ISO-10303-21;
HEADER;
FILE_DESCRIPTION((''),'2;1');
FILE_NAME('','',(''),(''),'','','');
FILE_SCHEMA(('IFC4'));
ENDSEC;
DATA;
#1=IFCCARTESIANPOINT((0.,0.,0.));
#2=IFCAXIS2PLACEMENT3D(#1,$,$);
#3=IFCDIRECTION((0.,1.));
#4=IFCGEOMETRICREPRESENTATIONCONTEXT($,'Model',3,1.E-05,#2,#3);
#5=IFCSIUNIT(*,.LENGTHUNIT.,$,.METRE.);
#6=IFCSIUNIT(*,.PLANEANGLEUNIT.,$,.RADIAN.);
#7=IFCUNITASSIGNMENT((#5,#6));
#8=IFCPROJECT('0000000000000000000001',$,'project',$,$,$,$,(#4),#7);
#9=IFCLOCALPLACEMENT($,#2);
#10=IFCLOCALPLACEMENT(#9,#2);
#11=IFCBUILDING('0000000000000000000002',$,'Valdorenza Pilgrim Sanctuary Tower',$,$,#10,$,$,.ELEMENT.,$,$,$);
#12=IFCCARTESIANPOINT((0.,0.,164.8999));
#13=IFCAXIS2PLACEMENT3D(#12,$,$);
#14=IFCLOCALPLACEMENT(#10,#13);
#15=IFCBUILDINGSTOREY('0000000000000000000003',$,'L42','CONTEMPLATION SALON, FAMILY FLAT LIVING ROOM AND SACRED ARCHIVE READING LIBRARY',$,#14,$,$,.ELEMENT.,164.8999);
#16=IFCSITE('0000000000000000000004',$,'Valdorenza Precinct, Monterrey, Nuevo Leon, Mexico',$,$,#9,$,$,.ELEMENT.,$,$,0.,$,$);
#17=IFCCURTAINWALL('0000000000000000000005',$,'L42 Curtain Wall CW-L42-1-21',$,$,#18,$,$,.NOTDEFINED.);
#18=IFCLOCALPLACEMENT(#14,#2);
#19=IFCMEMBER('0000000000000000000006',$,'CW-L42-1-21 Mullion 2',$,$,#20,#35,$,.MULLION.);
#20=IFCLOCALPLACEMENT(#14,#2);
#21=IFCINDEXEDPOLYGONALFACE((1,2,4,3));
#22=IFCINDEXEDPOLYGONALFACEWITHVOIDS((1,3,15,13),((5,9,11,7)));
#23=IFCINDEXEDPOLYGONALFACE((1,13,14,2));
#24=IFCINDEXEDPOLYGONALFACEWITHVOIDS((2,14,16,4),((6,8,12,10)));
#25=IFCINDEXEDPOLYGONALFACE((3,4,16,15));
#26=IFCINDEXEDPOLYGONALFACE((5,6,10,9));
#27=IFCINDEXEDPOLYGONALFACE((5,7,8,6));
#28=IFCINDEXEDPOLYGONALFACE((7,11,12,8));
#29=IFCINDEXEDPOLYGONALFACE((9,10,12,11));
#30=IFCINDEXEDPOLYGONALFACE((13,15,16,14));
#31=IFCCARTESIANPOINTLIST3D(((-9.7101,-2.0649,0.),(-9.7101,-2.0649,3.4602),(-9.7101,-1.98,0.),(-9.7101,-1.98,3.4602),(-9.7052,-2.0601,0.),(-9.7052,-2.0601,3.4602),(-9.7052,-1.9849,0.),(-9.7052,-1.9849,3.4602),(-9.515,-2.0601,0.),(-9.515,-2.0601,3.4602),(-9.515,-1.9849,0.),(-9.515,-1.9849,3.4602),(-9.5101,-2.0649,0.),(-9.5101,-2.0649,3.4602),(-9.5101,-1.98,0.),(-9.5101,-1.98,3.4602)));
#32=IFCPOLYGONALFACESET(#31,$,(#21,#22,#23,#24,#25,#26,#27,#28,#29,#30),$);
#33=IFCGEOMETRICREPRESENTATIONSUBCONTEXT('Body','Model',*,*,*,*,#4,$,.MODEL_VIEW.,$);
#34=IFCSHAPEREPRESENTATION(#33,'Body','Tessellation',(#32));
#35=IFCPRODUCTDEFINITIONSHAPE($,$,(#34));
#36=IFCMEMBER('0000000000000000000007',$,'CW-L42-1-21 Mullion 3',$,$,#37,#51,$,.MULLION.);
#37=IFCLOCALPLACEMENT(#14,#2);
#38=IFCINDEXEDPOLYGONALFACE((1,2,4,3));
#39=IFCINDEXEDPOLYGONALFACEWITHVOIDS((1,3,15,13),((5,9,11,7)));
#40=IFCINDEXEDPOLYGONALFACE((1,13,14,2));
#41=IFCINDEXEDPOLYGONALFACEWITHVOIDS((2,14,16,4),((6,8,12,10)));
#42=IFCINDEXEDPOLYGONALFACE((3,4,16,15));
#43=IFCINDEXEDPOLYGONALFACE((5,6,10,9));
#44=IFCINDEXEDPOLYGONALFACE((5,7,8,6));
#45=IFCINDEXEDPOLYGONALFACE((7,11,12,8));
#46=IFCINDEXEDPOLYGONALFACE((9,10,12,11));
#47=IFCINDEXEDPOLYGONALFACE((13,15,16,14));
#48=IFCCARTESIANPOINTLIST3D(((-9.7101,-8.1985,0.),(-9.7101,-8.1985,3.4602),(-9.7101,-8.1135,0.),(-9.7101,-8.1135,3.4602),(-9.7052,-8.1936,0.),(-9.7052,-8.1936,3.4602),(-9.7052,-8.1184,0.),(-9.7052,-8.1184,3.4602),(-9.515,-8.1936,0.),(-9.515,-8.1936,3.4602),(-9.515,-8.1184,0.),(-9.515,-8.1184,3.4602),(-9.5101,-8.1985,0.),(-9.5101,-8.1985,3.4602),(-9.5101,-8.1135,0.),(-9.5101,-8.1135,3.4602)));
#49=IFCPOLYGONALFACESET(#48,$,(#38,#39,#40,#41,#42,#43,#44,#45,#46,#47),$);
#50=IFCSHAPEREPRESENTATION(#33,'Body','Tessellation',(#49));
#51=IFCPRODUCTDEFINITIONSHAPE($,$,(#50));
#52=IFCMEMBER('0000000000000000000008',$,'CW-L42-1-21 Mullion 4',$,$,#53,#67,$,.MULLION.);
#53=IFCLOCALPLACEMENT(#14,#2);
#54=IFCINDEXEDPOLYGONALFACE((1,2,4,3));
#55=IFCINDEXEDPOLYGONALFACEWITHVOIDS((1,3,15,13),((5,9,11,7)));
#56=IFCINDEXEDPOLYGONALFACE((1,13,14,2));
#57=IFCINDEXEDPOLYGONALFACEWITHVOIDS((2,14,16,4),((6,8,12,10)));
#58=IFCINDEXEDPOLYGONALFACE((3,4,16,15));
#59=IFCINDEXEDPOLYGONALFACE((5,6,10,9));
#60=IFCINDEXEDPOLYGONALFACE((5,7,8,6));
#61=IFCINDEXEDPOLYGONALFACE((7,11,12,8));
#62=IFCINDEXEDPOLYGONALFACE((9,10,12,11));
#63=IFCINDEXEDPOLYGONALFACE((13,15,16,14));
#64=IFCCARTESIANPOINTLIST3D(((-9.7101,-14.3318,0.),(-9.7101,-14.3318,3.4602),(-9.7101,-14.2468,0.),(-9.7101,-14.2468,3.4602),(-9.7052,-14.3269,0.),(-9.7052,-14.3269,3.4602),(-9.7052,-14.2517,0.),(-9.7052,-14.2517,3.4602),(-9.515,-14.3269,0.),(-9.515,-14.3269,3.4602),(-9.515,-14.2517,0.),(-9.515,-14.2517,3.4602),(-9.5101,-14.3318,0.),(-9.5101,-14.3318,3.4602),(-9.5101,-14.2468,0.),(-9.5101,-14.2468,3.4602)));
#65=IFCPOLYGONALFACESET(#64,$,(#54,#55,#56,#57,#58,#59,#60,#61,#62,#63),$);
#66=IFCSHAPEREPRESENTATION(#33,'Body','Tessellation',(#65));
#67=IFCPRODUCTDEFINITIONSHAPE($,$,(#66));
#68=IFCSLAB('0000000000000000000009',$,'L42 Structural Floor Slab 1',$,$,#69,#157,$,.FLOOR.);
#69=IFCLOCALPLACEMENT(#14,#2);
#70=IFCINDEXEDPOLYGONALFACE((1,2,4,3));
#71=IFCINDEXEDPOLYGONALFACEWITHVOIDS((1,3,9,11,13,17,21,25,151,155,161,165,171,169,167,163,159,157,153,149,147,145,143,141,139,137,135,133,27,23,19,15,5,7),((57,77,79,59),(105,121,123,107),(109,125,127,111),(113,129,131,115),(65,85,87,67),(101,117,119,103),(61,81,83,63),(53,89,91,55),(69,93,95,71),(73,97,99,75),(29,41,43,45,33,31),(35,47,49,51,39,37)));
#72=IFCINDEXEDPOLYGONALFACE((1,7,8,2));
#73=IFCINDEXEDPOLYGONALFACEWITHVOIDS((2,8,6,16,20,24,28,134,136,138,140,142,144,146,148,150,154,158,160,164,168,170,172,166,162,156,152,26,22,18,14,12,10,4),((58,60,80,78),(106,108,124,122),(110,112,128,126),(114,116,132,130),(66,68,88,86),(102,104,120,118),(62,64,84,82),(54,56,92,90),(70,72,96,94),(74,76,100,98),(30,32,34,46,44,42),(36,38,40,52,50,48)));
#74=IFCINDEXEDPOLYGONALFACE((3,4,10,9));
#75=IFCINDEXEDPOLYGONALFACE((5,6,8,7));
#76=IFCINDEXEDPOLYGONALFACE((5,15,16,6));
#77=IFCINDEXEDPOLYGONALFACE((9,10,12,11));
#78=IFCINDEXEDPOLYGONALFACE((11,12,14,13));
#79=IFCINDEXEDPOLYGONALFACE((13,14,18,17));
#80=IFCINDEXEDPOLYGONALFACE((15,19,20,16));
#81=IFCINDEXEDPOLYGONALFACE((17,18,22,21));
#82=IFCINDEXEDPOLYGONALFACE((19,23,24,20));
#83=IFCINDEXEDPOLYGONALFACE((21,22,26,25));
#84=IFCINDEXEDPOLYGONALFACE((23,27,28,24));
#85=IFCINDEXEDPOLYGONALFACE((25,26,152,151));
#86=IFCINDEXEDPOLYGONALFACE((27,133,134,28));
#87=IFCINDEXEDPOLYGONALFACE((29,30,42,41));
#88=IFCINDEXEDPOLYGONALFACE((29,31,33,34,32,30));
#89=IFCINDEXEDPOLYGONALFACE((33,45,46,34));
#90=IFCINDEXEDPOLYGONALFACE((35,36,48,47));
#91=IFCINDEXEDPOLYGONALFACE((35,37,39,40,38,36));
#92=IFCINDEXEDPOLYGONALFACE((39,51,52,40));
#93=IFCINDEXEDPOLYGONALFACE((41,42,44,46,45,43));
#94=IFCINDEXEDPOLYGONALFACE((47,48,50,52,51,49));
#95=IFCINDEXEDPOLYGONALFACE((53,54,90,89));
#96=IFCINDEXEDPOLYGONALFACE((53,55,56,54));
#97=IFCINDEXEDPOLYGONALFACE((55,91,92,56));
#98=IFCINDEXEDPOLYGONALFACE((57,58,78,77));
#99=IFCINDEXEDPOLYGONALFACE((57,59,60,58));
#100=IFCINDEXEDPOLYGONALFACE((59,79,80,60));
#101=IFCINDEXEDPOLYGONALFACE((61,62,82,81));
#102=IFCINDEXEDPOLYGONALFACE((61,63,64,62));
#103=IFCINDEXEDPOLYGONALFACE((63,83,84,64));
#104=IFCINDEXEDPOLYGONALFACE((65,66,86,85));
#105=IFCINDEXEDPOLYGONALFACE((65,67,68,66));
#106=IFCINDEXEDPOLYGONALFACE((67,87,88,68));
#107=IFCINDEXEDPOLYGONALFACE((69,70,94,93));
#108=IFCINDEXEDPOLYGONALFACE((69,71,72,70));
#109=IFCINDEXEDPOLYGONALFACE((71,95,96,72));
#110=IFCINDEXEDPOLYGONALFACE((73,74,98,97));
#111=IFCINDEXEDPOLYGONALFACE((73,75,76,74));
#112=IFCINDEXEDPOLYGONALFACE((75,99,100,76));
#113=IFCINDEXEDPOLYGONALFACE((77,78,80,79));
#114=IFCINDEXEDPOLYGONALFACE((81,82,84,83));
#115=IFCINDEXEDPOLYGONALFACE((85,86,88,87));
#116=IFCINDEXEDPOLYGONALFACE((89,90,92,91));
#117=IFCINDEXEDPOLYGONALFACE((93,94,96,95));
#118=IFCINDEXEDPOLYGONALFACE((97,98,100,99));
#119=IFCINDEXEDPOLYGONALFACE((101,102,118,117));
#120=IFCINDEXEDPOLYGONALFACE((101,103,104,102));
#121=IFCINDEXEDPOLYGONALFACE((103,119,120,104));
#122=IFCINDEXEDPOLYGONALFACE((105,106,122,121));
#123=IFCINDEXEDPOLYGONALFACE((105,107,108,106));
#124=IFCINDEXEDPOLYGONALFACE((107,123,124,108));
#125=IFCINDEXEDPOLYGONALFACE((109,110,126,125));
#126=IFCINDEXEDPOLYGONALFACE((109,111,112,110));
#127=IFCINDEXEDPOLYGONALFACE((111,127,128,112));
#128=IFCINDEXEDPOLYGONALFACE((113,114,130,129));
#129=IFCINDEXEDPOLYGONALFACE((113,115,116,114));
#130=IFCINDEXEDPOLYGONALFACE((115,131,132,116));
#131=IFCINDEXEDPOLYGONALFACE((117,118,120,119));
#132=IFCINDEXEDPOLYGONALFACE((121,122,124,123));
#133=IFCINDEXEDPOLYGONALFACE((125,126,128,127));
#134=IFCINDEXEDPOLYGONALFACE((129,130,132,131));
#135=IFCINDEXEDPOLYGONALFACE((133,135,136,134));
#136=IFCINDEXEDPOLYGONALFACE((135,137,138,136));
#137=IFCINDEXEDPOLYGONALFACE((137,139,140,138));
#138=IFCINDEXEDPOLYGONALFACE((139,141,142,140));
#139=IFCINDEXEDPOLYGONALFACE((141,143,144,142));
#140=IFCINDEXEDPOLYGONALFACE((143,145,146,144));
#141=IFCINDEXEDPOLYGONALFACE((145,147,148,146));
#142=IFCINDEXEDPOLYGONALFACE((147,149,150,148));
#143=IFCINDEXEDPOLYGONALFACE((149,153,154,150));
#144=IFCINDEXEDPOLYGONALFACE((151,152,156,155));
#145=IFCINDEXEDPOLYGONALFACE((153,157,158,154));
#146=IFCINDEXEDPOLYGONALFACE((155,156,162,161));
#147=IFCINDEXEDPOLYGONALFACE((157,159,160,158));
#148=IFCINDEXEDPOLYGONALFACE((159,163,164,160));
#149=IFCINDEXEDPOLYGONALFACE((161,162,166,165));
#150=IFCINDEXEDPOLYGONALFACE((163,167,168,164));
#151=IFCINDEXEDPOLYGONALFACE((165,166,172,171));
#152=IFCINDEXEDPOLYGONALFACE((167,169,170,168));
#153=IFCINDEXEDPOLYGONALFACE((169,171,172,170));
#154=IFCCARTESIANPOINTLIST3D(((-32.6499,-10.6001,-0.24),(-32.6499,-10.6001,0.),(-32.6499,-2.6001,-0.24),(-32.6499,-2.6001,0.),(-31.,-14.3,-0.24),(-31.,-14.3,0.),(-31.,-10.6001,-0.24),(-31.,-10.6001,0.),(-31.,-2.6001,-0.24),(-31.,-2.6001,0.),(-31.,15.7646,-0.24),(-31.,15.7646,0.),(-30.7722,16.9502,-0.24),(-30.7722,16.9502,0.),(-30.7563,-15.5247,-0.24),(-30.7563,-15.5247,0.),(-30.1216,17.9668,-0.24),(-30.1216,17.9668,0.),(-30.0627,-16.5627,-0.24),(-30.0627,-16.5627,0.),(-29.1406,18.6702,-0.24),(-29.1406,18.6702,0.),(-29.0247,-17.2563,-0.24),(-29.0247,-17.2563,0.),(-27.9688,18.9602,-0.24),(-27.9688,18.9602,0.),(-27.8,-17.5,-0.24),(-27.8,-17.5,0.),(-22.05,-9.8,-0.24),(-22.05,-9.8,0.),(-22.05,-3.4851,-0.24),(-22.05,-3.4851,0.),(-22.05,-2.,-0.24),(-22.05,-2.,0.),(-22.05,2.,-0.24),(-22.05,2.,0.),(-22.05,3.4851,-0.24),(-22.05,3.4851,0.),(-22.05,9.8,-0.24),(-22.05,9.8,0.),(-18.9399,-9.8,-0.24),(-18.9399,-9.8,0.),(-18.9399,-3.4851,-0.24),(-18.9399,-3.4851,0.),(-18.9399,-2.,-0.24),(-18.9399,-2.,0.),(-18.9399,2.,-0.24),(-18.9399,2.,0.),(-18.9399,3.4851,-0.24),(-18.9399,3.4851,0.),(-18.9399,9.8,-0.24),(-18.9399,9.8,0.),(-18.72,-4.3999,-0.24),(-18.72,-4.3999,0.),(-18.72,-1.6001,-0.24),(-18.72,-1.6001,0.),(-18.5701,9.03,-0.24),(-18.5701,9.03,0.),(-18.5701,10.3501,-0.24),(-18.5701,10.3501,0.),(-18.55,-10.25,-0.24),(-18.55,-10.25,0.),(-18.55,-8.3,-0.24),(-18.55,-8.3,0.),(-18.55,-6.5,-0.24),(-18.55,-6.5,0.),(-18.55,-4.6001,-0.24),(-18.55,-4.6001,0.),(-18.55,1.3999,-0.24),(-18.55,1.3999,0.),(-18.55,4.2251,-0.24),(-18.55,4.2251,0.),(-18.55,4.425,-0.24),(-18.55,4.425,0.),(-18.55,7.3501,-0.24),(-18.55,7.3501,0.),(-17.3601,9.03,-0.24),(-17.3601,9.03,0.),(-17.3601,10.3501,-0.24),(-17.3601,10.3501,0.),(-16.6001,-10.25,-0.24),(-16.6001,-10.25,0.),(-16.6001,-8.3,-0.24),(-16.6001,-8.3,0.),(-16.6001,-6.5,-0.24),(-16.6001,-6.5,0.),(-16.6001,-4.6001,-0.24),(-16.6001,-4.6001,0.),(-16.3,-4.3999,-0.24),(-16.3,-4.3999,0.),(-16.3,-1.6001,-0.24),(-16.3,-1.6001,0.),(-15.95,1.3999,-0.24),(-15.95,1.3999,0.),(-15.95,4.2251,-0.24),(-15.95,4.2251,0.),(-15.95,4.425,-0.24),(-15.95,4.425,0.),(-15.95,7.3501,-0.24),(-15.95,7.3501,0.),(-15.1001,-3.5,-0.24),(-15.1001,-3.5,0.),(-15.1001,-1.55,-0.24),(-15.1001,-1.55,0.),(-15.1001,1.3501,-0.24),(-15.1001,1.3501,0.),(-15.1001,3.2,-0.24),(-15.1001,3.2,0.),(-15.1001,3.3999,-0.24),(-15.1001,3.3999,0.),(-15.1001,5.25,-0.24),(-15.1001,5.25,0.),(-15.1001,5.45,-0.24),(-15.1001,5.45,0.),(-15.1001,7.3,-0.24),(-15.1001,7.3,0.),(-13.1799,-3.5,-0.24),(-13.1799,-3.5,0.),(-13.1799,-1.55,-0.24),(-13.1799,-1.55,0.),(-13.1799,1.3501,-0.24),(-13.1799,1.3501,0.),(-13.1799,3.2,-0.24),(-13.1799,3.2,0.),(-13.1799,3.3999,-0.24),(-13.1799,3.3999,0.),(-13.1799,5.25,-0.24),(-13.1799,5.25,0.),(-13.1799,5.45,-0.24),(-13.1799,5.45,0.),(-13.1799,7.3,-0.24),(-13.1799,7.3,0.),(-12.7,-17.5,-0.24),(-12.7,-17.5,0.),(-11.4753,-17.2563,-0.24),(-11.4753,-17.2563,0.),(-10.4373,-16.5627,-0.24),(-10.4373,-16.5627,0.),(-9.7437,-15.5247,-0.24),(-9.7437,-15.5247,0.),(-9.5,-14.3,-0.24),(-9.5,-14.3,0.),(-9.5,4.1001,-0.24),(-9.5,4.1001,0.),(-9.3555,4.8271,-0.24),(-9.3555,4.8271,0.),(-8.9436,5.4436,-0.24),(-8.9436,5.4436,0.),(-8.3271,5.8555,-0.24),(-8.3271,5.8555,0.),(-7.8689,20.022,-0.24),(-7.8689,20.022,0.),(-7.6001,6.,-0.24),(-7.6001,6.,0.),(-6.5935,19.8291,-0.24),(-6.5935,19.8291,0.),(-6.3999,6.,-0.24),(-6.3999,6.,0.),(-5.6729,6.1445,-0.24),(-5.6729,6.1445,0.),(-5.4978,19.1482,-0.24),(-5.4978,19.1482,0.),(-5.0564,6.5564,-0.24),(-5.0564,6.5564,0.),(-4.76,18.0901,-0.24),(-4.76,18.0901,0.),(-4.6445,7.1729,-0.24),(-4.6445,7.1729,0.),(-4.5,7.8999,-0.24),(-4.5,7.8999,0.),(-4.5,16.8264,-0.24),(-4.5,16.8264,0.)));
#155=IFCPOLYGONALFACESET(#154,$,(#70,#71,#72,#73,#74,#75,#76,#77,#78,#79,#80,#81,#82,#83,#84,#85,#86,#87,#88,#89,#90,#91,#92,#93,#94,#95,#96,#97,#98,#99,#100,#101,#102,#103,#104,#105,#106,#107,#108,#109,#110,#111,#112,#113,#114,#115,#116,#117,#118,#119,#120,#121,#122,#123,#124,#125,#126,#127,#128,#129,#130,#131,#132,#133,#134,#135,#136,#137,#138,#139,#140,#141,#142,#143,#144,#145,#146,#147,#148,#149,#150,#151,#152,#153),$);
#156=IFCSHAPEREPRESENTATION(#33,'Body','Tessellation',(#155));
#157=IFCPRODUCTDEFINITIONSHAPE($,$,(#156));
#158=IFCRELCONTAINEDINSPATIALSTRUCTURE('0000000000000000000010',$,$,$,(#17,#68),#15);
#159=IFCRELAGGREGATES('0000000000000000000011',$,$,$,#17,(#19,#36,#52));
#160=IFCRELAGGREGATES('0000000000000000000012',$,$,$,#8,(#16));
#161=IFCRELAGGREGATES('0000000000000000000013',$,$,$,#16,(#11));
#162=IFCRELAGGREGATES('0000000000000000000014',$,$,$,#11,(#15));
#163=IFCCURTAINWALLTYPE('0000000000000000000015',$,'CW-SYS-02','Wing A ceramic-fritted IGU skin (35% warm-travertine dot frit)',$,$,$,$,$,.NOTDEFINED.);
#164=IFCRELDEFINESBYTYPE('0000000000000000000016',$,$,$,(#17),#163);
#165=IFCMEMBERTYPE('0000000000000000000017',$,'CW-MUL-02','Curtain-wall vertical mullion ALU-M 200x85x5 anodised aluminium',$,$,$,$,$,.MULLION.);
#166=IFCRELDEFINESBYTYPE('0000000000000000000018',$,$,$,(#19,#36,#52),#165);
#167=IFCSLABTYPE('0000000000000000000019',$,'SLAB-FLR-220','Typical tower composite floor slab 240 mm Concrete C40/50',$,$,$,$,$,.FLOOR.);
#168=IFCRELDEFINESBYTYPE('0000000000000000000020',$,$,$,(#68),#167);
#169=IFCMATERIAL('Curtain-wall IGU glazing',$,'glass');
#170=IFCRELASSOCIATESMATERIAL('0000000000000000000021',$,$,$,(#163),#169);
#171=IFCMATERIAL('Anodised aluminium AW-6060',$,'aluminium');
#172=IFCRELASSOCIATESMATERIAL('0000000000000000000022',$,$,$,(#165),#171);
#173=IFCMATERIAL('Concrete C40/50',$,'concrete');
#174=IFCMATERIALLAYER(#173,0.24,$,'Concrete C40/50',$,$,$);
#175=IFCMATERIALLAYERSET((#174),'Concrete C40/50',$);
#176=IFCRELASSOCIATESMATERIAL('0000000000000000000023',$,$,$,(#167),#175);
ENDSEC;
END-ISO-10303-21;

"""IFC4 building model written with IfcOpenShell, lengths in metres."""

from ifc_helpers import new_model, si_unit, direction, frame, origin, origin_2d, place, context, subcontext, project, spatial, polyline, hollow_rectangle, outline, extrude, source, transform, mapped, material, layer, layer_set, material_profile, profile_set, type_object, element, aggregate, save


model = new_model("IFC4")

# Units and contexts
model_context = context("Model", 3, precision=1e-05, world=origin(), true_north=direction((0.0, 1.0)))
body_context = subcontext(model_context, "Body", "Model", "MODEL_VIEW")
ifc_project = project(units=[si_unit("LENGTHUNIT", "METRE"), si_unit("PLANEANGLEUNIT", "RADIAN")], contexts=[model_context])

# Site, building, storey
site_placement = place(None, origin())
site = spatial("IfcSite", under=ifc_project, at=site_placement, Name="Valdorenza Precinct, Monterrey, Nuevo Leon, Mexico", CompositionType="ELEMENT", RefElevation=0.0)
building_placement = place(site_placement, origin())
building = spatial("IfcBuilding", under=site, at=building_placement, Name="Valdorenza Pilgrim Sanctuary Tower", CompositionType="ELEMENT")
storey_placement = place(building_placement, frame((0.0, 0.0, 164.8999)))
storey = spatial("IfcBuildingStorey", under=building, at=storey_placement, Name="L42", Description="CONTEMPLATION SALON, FAMILY FLAT LIVING ROOM AND SACRED ARCHIVE READING LIBRARY", CompositionType="ELEMENT", Elevation=164.8999)

# Curtain wall, members
ifc_material_1 = material(Name="Curtain-wall IGU glazing", Category="glass")
curtain_wall_type = type_object("IfcCurtainWallType", Name="CW-SYS-02", Description="Wing A ceramic-fritted IGU skin (35% warm-travertine dot frit)", PredefinedType="NOTDEFINED", material=ifc_material_1)
curtain_wall_placement = place(storey_placement, origin())
curtain_wall = element("IfcCurtainWall", 1, at=curtain_wall_placement, inside=storey, type_object=curtain_wall_type, Name="L42 Curtain Wall CW-L42-1-21", PredefinedType="NOTDEFINED")
ifc_material_2 = material(Name="Anodised aluminium AW-6060", Category="aluminium")
ifc_material_profile = material_profile(ifc_material_2, hollow_rectangle(XDim=0.085, YDim=0.2, WallThickness=0.0049, at=origin_2d()), Name="ALU-M 200x85x5")
ifc_profile_set = profile_set([ifc_material_profile], Name="Anodised aluminium AW-6060")
member_type = type_object("IfcMemberType", Name="CW-MUL-02", Description="Curtain-wall vertical mullion ALU-M 200x85x5 anodised aluminium", PredefinedType="MULLION", material=ifc_profile_set)
shared_shape_1 = source(origin(), body_context, "Body", "SweptSolid", [
    extrude(hollow_rectangle(XDim=0.085, YDim=0.2, WallThickness=0.0049, at=origin_2d()), origin(), (0.0, 0.0, 1.0), 3.4602),
])
member_1_placement = place(storey_placement, frame((-9.6101, -2.0225, 0.0), z_axis=(0.0, 0.0, 1.0), x_axis=(0.0, -1.0, 0.0)))
member_1 = element("IfcMember", 2, at=member_1_placement, type_object=member_type, Name="CW-L42-1-21 Mullion 2", PredefinedType="MULLION", context=body_context, shape_type="MappedRepresentation", body=[
    mapped(shared_shape_1, transform((0.0, 0.0, 0.0), x_axis=(1.0, 0.0, 0.0), y_axis=(0.0, 1.0, 0.0), z_axis=(0.0, 0.0, 1.0), scale=1.0)),
])
member_2_placement = place(storey_placement, frame((-9.6101, -8.156, 0.0), z_axis=(0.0, 0.0, 1.0), x_axis=(0.0, -1.0, 0.0)))
member_2 = element("IfcMember", 3, at=member_2_placement, type_object=member_type, Name="CW-L42-1-21 Mullion 3", PredefinedType="MULLION", context=body_context, shape_type="MappedRepresentation", body=[
    mapped(shared_shape_1, transform((0.0, 0.0, 0.0), x_axis=(1.0, 0.0, 0.0), y_axis=(0.0, 1.0, 0.0), z_axis=(0.0, 0.0, 1.0), scale=1.0)),
])
member_3_placement = place(storey_placement, frame((-9.6101, -14.2893, 0.0), z_axis=(0.0, 0.0, 1.0), x_axis=(0.0, -1.0, 0.0)))
member_3 = element("IfcMember", 4, at=member_3_placement, type_object=member_type, Name="CW-L42-1-21 Mullion 4", PredefinedType="MULLION", context=body_context, shape_type="MappedRepresentation", body=[
    mapped(shared_shape_1, transform((0.0, 0.0, 0.0), x_axis=(1.0, 0.0, 0.0), y_axis=(0.0, 1.0, 0.0), z_axis=(0.0, 0.0, 1.0), scale=1.0)),
])

# Slab
ifc_material_3 = material(Name="Concrete C40/50", Category="concrete")
ifc_layer_1 = layer(ifc_material_3, 0.24, Name="Concrete C40/50")
ifc_layer_set_1 = layer_set([ifc_layer_1], Name="Concrete C40/50")
slab_type_1 = type_object("IfcSlabType", Name="SLAB-FLR-220", Description="Typical tower composite floor slab 240 mm Concrete C40/50", PredefinedType="FLOOR", material=ifc_layer_set_1)
slab_1_placement = place(storey_placement, frame((0.0, 0.0, -0.24)))
element("IfcSlab", 5, at=slab_1_placement, inside=storey, type_object=slab_type_1, Name="L42 Structural Floor Slab 1", PredefinedType="FLOOR", context=body_context, shape_type="SweptSolid", body=[
    extrude(outline(polyline([(-32.6499, -2.6001), (-31.0, -2.6001), (-31.0, 15.7646), (-30.7722, 16.9502), (-30.1216, 17.9668), (-29.1406, 18.6702), (-27.9688, 18.9602), (-7.8689, 20.022), (-6.5935, 19.8291), (-5.4978, 19.1482), (-4.76, 18.0901), (-4.5, 16.8264), (-4.5, 7.8999), (-4.6445, 7.1729), (-5.0564, 6.5564), (-5.6729, 6.1445), (-6.3999, 6.0), (-7.6001, 6.0), (-8.3271, 5.8555), (-8.9436, 5.4436), (-9.3555, 4.8271), (-9.5, 4.1001), (-9.5, -14.3), (-9.7437, -15.5247), (-10.4373, -16.5627), (-11.4753, -17.2563), (-12.7, -17.5), (-27.8, -17.5), (-29.0247, -17.2563), (-30.0627, -16.5627), (-30.7563, -15.5247), (-31.0, -14.3), (-31.0, -10.6001), (-32.6499, -10.6001), (-32.6499, -2.6001)]), holes=[polyline([(-16.6001, -10.25), (-16.6001, -8.3), (-18.55, -8.3), (-18.55, -10.25), (-16.6001, -10.25)]), polyline([(-22.05, -9.8), (-18.9399, -9.8), (-18.9399, -3.4851), (-18.9399, -2.0), (-22.05, -2.0), (-22.05, -3.4851), (-22.05, -9.8)]), polyline([(-16.6001, -6.5), (-16.6001, -4.6001), (-18.55, -4.6001), (-18.55, -6.5), (-16.6001, -6.5)]), polyline([(-18.72, -4.3999), (-16.3, -4.3999), (-16.3, -1.6001), (-18.72, -1.6001), (-18.72, -4.3999)]), polyline([(-13.1799, 1.3501), (-13.1799, 3.2), (-15.1001, 3.2), (-15.1001, 1.3501), (-13.1799, 1.3501)]), polyline([(-22.05, 2.0), (-18.9399, 2.0), (-18.9399, 3.4851), (-18.9399, 9.8), (-22.05, 9.8), (-22.05, 3.4851), (-22.05, 2.0)]), polyline([(-15.95, 1.3999), (-15.95, 4.2251), (-18.55, 4.2251), (-18.55, 1.3999), (-15.95, 1.3999)]), polyline([(-18.55, 4.425), (-15.95, 4.425), (-15.95, 7.3501), (-18.55, 7.3501), (-18.55, 4.425)]), polyline([(-17.3601, 9.03), (-17.3601, 10.3501), (-18.5701, 10.3501), (-18.5701, 9.03), (-17.3601, 9.03)]), polyline([(-13.1799, -3.5), (-13.1799, -1.55), (-15.1001, -1.55), (-15.1001, -3.5), (-13.1799, -3.5)]), polyline([(-13.1799, 3.3999), (-13.1799, 5.25), (-15.1001, 5.25), (-15.1001, 3.3999), (-13.1799, 3.3999)]), polyline([(-13.1799, 5.45), (-13.1799, 7.3), (-15.1001, 7.3), (-15.1001, 5.45), (-13.1799, 5.45)])]), origin(), (0.0, 0.0, 1.0), 0.24),
])

aggregate(curtain_wall, [member_1, member_2, member_3])

save(model, "model.ifc")
